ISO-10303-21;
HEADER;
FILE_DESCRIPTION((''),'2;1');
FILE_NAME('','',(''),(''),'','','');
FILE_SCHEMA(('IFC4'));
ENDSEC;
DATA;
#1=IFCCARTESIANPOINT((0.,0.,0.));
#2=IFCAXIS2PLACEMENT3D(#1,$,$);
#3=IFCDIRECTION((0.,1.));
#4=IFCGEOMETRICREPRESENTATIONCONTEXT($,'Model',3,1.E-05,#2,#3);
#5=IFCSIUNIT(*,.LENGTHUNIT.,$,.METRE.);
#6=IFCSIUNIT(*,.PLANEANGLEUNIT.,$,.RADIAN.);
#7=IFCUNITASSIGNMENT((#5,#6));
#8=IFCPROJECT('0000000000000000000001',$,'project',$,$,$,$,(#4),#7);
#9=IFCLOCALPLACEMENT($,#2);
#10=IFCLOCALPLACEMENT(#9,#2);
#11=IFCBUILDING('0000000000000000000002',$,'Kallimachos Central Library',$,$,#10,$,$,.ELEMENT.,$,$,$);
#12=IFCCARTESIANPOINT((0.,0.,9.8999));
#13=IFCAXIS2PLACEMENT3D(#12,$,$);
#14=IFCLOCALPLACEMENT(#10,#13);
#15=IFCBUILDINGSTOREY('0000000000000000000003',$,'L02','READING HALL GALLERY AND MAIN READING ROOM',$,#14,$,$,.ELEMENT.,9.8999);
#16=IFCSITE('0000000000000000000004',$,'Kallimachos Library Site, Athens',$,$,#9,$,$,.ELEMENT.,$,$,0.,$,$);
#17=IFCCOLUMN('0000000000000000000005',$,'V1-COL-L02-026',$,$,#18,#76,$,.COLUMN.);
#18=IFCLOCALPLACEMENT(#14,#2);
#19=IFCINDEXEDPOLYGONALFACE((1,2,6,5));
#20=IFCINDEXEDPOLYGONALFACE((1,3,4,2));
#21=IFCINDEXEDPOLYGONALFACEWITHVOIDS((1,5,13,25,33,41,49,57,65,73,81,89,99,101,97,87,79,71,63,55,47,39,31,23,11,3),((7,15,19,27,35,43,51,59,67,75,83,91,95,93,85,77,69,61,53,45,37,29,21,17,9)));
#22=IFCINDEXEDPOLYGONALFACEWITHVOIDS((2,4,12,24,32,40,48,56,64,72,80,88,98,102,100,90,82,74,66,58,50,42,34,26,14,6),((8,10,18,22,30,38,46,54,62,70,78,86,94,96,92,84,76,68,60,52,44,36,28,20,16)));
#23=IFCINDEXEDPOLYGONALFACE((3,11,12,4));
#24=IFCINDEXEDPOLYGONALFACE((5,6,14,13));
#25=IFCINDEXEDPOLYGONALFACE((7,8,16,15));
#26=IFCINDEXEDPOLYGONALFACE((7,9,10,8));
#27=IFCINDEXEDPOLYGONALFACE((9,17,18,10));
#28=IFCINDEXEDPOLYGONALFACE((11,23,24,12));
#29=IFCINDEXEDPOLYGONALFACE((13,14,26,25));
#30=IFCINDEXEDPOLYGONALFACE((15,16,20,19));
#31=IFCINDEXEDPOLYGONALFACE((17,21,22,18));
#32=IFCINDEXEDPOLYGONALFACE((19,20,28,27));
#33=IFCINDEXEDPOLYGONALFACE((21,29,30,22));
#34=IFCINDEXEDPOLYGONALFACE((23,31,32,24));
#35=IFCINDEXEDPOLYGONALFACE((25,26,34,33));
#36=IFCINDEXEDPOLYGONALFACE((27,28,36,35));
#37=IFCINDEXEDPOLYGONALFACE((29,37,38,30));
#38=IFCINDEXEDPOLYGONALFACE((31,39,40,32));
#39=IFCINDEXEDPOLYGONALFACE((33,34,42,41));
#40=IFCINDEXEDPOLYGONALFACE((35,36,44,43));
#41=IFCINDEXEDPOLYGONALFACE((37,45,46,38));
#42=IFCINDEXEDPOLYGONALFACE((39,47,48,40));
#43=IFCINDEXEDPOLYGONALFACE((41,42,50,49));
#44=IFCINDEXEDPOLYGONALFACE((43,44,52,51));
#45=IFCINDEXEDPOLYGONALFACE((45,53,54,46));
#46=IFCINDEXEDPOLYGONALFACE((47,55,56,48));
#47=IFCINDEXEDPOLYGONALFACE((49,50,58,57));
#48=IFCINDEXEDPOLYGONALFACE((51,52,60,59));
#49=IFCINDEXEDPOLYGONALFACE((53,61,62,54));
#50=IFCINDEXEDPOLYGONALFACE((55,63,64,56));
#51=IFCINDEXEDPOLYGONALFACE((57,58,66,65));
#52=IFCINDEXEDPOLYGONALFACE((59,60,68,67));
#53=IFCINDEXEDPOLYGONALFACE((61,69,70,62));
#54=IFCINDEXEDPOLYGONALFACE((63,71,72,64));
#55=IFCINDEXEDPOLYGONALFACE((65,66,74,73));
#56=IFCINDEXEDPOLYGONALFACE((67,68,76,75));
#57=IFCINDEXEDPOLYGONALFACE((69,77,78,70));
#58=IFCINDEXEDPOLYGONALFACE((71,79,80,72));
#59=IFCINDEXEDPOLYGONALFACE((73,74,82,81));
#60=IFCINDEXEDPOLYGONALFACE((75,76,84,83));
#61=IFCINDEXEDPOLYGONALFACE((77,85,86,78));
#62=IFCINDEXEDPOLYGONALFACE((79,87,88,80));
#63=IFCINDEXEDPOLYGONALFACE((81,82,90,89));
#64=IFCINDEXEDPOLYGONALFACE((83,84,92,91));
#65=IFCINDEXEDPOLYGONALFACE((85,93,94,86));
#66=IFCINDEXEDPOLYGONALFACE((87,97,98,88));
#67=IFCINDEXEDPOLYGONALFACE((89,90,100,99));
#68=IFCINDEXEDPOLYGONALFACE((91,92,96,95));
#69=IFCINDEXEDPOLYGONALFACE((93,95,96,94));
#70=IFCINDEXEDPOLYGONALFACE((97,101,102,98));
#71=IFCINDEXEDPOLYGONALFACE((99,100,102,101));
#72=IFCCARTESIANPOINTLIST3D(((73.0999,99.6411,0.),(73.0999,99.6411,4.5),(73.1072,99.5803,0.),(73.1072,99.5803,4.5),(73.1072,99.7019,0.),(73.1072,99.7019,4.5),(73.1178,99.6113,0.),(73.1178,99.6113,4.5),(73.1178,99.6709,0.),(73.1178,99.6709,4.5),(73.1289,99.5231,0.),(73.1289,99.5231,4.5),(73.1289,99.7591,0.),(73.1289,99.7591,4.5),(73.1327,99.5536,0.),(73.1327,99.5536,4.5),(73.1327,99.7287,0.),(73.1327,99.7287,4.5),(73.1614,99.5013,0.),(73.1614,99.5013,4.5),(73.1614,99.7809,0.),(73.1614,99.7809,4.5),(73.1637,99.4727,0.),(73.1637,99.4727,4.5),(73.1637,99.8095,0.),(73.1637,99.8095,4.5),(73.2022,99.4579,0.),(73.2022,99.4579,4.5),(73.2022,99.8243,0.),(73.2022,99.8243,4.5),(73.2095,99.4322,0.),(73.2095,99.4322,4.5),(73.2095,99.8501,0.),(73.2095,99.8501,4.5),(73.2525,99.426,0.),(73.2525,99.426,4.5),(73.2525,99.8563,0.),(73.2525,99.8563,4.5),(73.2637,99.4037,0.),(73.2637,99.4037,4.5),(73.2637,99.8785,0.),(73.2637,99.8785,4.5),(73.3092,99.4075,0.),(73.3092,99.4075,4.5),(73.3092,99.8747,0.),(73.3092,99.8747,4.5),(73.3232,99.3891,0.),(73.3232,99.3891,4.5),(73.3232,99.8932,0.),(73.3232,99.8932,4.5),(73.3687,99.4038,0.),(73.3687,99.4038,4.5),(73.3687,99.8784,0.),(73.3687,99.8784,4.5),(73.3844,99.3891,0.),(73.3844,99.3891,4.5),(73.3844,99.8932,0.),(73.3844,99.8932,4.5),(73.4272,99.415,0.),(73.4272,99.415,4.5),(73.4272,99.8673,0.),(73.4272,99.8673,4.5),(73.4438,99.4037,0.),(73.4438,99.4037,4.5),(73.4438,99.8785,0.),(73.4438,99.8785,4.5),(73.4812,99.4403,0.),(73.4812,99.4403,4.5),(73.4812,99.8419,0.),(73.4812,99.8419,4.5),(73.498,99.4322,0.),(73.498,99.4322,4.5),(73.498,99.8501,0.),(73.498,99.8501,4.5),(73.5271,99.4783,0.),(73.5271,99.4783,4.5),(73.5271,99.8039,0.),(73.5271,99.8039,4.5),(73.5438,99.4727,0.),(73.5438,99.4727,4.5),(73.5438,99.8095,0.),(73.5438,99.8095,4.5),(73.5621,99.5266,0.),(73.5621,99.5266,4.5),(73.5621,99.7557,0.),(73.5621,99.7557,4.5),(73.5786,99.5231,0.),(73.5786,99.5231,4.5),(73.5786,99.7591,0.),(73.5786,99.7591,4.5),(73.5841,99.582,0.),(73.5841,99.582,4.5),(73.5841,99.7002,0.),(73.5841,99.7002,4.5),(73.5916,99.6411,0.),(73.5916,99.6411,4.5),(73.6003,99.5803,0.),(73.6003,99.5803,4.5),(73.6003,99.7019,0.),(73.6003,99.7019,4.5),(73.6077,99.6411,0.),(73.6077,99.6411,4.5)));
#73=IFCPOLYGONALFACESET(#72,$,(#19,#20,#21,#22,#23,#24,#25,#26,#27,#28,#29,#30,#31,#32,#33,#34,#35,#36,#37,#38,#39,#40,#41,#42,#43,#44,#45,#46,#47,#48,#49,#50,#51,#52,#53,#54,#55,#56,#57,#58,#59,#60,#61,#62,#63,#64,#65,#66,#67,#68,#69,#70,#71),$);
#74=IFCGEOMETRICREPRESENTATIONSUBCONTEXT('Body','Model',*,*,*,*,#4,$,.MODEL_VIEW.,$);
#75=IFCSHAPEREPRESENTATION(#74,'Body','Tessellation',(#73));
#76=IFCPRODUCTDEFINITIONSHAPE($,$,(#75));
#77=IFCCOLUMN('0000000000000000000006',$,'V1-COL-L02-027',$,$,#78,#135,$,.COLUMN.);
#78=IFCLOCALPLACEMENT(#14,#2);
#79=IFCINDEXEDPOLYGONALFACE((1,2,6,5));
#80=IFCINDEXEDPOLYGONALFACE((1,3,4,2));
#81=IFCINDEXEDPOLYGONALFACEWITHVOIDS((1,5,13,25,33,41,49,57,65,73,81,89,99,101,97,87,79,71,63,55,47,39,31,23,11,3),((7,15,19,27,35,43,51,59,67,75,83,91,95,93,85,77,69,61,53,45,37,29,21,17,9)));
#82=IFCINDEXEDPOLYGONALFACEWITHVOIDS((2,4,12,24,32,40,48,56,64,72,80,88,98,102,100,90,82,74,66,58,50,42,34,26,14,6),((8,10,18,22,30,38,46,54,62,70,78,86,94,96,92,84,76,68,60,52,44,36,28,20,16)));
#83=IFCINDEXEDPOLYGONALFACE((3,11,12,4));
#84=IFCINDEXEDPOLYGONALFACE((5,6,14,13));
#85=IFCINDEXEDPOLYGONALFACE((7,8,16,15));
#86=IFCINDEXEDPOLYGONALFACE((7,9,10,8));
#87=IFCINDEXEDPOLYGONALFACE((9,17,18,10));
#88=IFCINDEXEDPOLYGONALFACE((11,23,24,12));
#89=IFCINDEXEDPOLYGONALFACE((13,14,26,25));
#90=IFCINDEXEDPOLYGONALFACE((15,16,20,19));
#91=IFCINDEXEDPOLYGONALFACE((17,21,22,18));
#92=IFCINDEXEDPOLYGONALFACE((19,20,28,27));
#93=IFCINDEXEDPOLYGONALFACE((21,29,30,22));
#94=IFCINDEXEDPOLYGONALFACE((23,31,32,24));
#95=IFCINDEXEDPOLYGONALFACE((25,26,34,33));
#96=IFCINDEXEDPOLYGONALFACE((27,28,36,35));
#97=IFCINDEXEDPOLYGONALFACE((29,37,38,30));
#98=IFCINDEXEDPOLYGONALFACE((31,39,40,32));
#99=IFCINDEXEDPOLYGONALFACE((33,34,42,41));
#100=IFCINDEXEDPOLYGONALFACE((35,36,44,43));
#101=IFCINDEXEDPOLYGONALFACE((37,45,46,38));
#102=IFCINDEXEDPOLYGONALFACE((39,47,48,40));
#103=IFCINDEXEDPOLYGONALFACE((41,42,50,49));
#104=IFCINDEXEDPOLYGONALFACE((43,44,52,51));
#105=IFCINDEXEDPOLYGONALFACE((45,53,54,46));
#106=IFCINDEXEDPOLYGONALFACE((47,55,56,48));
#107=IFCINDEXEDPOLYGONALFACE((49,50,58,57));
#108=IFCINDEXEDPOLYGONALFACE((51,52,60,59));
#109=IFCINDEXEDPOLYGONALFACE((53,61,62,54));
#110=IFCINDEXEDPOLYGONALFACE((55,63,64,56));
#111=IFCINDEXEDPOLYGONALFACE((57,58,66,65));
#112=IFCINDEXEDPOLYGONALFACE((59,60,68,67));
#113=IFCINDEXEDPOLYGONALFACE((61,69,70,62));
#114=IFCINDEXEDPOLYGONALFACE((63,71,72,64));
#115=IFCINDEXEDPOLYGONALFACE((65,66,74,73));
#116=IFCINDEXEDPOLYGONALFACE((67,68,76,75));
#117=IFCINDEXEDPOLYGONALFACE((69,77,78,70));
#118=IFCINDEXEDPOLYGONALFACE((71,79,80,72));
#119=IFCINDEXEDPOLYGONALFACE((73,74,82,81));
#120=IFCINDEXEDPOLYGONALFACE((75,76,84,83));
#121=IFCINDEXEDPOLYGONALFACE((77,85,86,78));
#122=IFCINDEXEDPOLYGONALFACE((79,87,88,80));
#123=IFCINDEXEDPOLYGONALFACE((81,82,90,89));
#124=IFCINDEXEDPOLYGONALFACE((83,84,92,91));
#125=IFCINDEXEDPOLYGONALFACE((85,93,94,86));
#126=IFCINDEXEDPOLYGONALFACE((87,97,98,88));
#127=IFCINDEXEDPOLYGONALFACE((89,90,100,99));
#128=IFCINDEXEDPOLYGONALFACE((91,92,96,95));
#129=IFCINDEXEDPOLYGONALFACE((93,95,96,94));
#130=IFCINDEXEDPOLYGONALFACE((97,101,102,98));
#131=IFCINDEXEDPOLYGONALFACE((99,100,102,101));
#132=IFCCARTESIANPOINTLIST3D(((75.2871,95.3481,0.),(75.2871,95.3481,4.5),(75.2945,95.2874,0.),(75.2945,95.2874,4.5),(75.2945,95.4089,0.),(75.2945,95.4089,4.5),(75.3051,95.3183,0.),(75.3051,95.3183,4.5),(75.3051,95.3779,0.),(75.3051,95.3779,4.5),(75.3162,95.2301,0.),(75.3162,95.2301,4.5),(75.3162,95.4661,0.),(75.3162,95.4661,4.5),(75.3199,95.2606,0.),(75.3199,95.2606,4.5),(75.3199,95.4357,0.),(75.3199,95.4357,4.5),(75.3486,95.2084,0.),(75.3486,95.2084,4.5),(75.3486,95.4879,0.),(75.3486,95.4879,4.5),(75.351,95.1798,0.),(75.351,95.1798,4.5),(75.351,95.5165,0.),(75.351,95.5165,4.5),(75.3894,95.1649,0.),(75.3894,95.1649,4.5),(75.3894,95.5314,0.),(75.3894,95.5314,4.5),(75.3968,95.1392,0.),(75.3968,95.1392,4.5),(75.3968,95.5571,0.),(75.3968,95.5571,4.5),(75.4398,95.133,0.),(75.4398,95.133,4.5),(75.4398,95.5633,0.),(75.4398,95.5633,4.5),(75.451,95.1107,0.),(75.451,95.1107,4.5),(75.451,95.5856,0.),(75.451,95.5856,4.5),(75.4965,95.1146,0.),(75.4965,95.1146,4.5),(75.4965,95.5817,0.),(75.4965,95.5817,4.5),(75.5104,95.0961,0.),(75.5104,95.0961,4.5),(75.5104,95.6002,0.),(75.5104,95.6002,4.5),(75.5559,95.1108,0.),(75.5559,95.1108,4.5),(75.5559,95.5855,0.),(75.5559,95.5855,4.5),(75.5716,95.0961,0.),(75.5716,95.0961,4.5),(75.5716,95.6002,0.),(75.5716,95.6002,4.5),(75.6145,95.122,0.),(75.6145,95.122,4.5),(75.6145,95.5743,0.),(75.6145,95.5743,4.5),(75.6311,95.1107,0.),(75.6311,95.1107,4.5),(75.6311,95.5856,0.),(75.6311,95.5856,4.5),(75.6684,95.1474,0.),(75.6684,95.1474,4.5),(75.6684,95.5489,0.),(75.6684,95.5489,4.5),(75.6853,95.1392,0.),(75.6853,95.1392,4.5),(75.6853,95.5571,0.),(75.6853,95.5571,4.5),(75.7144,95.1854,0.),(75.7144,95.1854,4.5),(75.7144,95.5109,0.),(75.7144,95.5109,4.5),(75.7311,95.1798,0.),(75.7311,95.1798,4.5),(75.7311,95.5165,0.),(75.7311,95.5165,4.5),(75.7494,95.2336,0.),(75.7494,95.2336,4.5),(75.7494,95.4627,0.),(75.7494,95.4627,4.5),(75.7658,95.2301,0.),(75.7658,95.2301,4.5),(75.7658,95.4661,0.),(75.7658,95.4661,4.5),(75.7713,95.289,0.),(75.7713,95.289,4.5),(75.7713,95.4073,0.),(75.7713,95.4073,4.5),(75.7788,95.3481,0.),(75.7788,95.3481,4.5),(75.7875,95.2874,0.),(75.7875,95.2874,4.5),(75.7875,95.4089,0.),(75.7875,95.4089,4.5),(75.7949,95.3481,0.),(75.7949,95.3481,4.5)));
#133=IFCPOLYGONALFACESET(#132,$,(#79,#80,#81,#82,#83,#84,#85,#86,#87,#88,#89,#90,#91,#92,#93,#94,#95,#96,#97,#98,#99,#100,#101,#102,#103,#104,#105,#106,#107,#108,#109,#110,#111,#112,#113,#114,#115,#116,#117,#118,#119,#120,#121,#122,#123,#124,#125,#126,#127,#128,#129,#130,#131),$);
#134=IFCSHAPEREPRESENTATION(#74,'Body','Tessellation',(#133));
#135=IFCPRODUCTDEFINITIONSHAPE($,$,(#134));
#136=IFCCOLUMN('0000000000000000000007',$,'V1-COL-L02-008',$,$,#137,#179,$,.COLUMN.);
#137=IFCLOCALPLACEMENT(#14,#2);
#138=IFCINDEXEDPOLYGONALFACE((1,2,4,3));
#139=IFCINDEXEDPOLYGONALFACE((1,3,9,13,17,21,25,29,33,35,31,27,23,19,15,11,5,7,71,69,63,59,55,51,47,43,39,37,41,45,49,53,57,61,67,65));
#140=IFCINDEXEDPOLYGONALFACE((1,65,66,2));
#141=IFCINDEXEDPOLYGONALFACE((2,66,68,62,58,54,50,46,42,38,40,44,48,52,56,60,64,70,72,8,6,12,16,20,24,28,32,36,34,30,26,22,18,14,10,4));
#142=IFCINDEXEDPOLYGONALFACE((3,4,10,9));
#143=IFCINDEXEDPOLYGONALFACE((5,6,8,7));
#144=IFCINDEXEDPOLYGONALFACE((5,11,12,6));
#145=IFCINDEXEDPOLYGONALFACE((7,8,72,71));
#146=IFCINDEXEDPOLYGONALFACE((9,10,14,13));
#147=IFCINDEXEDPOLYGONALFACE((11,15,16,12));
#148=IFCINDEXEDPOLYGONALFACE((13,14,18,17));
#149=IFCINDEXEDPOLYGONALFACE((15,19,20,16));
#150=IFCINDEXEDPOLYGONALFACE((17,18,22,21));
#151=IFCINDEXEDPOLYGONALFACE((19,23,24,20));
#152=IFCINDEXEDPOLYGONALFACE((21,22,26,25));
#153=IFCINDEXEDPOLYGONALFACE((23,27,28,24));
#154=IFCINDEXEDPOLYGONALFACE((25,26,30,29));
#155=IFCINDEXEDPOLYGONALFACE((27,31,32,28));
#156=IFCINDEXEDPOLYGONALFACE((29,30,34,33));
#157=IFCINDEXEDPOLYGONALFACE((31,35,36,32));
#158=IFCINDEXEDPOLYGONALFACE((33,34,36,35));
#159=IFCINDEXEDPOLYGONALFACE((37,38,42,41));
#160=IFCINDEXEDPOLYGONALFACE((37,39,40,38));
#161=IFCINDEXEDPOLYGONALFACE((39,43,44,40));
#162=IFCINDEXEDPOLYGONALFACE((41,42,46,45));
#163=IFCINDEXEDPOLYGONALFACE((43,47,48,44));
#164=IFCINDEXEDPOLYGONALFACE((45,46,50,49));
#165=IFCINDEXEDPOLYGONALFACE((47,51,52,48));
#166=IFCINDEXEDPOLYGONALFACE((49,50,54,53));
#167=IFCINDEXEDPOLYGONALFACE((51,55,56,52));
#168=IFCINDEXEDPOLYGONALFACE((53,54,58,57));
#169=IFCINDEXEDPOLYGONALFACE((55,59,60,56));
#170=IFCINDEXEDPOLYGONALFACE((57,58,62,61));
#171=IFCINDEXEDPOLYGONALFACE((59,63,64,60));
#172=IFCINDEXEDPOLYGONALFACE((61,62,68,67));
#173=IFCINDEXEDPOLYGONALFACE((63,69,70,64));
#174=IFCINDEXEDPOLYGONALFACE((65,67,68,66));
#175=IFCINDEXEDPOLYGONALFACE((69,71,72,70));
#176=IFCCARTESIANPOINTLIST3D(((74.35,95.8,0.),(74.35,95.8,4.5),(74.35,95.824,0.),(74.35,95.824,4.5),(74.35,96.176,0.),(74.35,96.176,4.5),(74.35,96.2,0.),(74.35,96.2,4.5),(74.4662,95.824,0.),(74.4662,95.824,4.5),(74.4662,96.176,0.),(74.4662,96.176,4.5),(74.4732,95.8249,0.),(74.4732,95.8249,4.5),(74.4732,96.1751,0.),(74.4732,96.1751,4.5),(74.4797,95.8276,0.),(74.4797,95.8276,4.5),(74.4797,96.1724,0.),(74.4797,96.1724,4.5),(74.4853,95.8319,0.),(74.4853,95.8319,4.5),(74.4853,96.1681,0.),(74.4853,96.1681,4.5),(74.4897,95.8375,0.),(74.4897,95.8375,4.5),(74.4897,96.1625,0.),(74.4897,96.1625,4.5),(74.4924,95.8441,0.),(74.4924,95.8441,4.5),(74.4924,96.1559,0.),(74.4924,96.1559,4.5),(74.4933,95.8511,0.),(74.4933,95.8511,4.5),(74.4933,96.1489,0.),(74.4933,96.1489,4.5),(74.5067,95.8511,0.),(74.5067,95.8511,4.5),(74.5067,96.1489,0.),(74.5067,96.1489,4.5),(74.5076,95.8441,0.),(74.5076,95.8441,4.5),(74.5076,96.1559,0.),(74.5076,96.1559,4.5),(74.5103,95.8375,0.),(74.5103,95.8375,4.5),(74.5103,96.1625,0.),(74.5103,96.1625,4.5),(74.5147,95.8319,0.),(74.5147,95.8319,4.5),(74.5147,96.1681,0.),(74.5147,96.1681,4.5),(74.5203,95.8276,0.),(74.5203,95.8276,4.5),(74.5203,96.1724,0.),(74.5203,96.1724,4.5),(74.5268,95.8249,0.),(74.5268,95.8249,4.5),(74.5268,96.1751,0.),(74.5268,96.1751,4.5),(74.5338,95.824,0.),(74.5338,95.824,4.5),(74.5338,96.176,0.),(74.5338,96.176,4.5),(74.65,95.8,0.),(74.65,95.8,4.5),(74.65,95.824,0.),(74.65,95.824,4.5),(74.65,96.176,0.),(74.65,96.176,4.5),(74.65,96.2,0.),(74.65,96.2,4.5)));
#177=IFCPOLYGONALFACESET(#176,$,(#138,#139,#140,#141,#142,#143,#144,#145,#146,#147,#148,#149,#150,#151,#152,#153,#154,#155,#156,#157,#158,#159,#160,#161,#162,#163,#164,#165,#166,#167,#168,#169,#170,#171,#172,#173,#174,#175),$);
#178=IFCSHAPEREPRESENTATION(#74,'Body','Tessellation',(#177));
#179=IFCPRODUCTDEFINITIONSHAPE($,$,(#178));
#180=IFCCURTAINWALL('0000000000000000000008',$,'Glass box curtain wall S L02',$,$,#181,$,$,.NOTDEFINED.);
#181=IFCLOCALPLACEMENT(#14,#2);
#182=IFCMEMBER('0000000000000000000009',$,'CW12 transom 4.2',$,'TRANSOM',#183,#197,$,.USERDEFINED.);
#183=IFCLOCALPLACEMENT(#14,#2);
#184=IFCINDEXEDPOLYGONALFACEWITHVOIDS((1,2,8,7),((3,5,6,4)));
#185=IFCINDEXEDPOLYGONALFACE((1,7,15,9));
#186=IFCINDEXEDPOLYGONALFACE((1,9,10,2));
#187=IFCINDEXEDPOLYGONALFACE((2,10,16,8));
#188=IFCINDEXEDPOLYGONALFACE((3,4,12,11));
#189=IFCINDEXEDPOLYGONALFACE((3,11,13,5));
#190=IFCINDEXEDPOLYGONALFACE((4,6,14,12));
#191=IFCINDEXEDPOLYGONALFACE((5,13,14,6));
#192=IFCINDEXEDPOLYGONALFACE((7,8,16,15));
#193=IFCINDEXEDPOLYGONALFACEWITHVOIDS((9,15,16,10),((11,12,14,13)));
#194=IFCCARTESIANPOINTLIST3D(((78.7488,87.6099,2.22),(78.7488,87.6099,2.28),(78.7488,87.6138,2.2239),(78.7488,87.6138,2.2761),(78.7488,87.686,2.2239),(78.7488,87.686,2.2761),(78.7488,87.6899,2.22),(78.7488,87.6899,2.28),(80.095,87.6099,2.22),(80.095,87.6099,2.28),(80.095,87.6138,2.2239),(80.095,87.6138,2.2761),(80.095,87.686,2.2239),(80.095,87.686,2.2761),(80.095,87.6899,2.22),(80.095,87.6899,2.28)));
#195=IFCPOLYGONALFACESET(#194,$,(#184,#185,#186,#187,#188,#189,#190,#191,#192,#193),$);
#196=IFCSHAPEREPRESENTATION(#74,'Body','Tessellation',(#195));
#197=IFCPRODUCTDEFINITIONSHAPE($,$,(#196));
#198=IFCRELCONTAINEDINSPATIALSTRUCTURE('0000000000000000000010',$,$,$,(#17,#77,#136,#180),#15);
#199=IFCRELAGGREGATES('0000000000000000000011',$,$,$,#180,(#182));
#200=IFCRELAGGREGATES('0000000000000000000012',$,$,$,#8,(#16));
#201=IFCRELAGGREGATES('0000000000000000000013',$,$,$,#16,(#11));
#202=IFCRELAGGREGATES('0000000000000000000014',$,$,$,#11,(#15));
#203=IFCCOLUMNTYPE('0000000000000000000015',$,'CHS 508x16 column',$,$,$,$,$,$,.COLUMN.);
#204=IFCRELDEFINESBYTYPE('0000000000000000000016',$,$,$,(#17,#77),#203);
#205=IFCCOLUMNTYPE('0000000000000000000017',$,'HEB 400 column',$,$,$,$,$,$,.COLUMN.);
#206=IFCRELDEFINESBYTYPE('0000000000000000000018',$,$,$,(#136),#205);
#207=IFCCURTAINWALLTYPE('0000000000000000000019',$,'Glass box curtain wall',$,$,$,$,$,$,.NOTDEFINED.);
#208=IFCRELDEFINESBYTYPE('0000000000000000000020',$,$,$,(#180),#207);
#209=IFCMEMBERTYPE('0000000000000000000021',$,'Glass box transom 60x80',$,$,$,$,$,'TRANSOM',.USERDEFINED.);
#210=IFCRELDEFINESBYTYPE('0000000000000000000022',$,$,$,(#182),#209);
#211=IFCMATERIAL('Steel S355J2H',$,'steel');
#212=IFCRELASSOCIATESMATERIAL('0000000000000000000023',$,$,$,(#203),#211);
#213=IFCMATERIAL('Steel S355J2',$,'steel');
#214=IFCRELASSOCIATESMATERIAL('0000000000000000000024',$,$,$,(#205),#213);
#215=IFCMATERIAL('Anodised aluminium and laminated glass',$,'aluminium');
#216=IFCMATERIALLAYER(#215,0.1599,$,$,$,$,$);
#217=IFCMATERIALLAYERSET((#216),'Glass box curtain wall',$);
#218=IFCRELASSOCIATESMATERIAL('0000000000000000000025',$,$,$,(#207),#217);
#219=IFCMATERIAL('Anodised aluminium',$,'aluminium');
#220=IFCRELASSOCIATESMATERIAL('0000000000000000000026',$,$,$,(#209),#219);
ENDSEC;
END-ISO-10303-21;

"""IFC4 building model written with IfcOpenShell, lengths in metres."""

from ifc_helpers import new_model, si_unit, direction, frame, origin, origin_2d, place, context, subcontext, project, spatial, hollow_rectangle, hollow_circle, i_section, extrude, material, layer, layer_set, material_profile, profile_set, type_object, element, aggregate, save


model = new_model("IFC4")

# Units and contexts
model_context = context("Model", 3, precision=1e-05, world=origin(), true_north=direction((0.0, 1.0)))
body_context = subcontext(model_context, "Body", "Model", "MODEL_VIEW")
ifc_project = project(units=[si_unit("LENGTHUNIT", "METRE"), si_unit("PLANEANGLEUNIT", "RADIAN")], contexts=[model_context])

# Site, building, storey
site_placement = place(None, origin())
site = spatial("IfcSite", under=ifc_project, at=site_placement, Name="Kallimachos Library Site, Athens", CompositionType="ELEMENT", RefElevation=0.0)
building_placement = place(site_placement, origin())
building = spatial("IfcBuilding", under=site, at=building_placement, Name="Kallimachos Central Library", CompositionType="ELEMENT")
storey_placement = place(building_placement, frame((0.0, 0.0, 9.8999)))
storey = spatial("IfcBuildingStorey", under=building, at=storey_placement, Name="L02", Description="READING HALL GALLERY AND MAIN READING ROOM", CompositionType="ELEMENT", Elevation=9.8999)

# Columns
ifc_material_1 = material(Name="Steel S355J2H", Category="steel")
ifc_material_profile_1 = material_profile(ifc_material_1, hollow_circle(Radius=0.2539, WallThickness=0.0161, at=origin_2d()), Name="CHS 508x16")
ifc_profile_set_1 = profile_set([ifc_material_profile_1], Name="Steel S355J2H")
column_type_1 = type_object("IfcColumnType", Name="CHS 508x16 column", PredefinedType="COLUMN", material=ifc_profile_set_1)
for number, where, z_axis, x_axis, name in (
    (1, (73.3538, 99.6411, 0.0), (0.0, 0.0, 1.0), (1.0, 0.0, 0.0), "V1-COL-L02-026"),
    (2, (75.541, 95.3481, 0.0), (0.0, 0.0, 1.0), (1.0, 0.0, 0.0), "V1-COL-L02-027"),
):
    element("IfcColumn", number, at=place(storey_placement, frame(where, z_axis=z_axis, x_axis=x_axis)), inside=storey, type_object=column_type_1, Name=name, PredefinedType="COLUMN", context=body_context, shape_type="SweptSolid", body=[
        extrude(hollow_circle(Radius=0.2539, WallThickness=0.0161, at=origin_2d()), origin(), (0.0, 0.0, 1.0), 4.5),
    ])
ifc_material_2 = material(Name="Steel S355J2", Category="steel")
ifc_material_profile_2 = material_profile(ifc_material_2, i_section(OverallWidth=0.3, OverallDepth=0.3999, WebThickness=0.0134, FlangeThickness=0.0239, FilletRadius=0.0271, at=origin_2d()), Name="HEB 400")
ifc_profile_set_2 = profile_set([ifc_material_profile_2], Name="Steel S355J2")
column_type_2 = type_object("IfcColumnType", Name="HEB 400 column", PredefinedType="COLUMN", material=ifc_profile_set_2)
column_placement = place(storey_placement, frame((74.5, 96.0, 0.0), z_axis=(0.0, 0.0, 1.0), x_axis=(1.0, 0.0, 0.0)))
element("IfcColumn", 3, at=column_placement, inside=storey, type_object=column_type_2, Name="V1-COL-L02-008", PredefinedType="COLUMN", context=body_context, shape_type="SweptSolid", body=[
    extrude(i_section(OverallWidth=0.3, OverallDepth=0.3999, WebThickness=0.0134, FlangeThickness=0.0239, FilletRadius=0.0271, at=origin_2d()), origin(), (0.0, 0.0, 1.0), 4.5),
])

# Curtain wall, member
ifc_material_3 = material(Name="Anodised aluminium and laminated glass", Category="aluminium")
ifc_layer_1 = layer(ifc_material_3, 0.1599)
ifc_layer_set_1 = layer_set([ifc_layer_1], Name="Glass box curtain wall")
curtain_wall_type = type_object("IfcCurtainWallType", Name="Glass box curtain wall", PredefinedType="NOTDEFINED", material=ifc_layer_set_1)
curtain_wall_placement = place(storey_placement, origin())
curtain_wall = element("IfcCurtainWall", 4, at=curtain_wall_placement, inside=storey, type_object=curtain_wall_type, Name="Glass box curtain wall S L02", PredefinedType="NOTDEFINED")
ifc_material_4 = material(Name="Anodised aluminium", Category="aluminium")
ifc_material_profile_3 = material_profile(ifc_material_4, hollow_rectangle(XDim=0.0601, YDim=0.0801, WallThickness=0.0039, at=origin_2d()), Name="ALU TRANSOM 60x80")
ifc_profile_set_3 = profile_set([ifc_material_profile_3], Name="Anodised aluminium")
member_type = type_object("IfcMemberType", Name="Glass box transom 60x80", ElementType="TRANSOM", PredefinedType="USERDEFINED", material=ifc_profile_set_3)
member_placement = place(storey_placement, frame((78.7488, 87.6499, 2.25), z_axis=(1.0, 0.0, 0.0), x_axis=(0.0, 0.0, 1.0)))
member = element("IfcMember", 5, at=member_placement, type_object=member_type, Name="CW12 transom 4.2", ObjectType="TRANSOM", PredefinedType="USERDEFINED", context=body_context, shape_type="SweptSolid", body=[
    extrude(hollow_rectangle(XDim=0.0601, YDim=0.0801, WallThickness=0.0039, at=origin_2d()), origin(), (0.0, 0.0, 1.0), 1.3462),
])
aggregate(curtain_wall, [member])

save(model, "model.ifc")
